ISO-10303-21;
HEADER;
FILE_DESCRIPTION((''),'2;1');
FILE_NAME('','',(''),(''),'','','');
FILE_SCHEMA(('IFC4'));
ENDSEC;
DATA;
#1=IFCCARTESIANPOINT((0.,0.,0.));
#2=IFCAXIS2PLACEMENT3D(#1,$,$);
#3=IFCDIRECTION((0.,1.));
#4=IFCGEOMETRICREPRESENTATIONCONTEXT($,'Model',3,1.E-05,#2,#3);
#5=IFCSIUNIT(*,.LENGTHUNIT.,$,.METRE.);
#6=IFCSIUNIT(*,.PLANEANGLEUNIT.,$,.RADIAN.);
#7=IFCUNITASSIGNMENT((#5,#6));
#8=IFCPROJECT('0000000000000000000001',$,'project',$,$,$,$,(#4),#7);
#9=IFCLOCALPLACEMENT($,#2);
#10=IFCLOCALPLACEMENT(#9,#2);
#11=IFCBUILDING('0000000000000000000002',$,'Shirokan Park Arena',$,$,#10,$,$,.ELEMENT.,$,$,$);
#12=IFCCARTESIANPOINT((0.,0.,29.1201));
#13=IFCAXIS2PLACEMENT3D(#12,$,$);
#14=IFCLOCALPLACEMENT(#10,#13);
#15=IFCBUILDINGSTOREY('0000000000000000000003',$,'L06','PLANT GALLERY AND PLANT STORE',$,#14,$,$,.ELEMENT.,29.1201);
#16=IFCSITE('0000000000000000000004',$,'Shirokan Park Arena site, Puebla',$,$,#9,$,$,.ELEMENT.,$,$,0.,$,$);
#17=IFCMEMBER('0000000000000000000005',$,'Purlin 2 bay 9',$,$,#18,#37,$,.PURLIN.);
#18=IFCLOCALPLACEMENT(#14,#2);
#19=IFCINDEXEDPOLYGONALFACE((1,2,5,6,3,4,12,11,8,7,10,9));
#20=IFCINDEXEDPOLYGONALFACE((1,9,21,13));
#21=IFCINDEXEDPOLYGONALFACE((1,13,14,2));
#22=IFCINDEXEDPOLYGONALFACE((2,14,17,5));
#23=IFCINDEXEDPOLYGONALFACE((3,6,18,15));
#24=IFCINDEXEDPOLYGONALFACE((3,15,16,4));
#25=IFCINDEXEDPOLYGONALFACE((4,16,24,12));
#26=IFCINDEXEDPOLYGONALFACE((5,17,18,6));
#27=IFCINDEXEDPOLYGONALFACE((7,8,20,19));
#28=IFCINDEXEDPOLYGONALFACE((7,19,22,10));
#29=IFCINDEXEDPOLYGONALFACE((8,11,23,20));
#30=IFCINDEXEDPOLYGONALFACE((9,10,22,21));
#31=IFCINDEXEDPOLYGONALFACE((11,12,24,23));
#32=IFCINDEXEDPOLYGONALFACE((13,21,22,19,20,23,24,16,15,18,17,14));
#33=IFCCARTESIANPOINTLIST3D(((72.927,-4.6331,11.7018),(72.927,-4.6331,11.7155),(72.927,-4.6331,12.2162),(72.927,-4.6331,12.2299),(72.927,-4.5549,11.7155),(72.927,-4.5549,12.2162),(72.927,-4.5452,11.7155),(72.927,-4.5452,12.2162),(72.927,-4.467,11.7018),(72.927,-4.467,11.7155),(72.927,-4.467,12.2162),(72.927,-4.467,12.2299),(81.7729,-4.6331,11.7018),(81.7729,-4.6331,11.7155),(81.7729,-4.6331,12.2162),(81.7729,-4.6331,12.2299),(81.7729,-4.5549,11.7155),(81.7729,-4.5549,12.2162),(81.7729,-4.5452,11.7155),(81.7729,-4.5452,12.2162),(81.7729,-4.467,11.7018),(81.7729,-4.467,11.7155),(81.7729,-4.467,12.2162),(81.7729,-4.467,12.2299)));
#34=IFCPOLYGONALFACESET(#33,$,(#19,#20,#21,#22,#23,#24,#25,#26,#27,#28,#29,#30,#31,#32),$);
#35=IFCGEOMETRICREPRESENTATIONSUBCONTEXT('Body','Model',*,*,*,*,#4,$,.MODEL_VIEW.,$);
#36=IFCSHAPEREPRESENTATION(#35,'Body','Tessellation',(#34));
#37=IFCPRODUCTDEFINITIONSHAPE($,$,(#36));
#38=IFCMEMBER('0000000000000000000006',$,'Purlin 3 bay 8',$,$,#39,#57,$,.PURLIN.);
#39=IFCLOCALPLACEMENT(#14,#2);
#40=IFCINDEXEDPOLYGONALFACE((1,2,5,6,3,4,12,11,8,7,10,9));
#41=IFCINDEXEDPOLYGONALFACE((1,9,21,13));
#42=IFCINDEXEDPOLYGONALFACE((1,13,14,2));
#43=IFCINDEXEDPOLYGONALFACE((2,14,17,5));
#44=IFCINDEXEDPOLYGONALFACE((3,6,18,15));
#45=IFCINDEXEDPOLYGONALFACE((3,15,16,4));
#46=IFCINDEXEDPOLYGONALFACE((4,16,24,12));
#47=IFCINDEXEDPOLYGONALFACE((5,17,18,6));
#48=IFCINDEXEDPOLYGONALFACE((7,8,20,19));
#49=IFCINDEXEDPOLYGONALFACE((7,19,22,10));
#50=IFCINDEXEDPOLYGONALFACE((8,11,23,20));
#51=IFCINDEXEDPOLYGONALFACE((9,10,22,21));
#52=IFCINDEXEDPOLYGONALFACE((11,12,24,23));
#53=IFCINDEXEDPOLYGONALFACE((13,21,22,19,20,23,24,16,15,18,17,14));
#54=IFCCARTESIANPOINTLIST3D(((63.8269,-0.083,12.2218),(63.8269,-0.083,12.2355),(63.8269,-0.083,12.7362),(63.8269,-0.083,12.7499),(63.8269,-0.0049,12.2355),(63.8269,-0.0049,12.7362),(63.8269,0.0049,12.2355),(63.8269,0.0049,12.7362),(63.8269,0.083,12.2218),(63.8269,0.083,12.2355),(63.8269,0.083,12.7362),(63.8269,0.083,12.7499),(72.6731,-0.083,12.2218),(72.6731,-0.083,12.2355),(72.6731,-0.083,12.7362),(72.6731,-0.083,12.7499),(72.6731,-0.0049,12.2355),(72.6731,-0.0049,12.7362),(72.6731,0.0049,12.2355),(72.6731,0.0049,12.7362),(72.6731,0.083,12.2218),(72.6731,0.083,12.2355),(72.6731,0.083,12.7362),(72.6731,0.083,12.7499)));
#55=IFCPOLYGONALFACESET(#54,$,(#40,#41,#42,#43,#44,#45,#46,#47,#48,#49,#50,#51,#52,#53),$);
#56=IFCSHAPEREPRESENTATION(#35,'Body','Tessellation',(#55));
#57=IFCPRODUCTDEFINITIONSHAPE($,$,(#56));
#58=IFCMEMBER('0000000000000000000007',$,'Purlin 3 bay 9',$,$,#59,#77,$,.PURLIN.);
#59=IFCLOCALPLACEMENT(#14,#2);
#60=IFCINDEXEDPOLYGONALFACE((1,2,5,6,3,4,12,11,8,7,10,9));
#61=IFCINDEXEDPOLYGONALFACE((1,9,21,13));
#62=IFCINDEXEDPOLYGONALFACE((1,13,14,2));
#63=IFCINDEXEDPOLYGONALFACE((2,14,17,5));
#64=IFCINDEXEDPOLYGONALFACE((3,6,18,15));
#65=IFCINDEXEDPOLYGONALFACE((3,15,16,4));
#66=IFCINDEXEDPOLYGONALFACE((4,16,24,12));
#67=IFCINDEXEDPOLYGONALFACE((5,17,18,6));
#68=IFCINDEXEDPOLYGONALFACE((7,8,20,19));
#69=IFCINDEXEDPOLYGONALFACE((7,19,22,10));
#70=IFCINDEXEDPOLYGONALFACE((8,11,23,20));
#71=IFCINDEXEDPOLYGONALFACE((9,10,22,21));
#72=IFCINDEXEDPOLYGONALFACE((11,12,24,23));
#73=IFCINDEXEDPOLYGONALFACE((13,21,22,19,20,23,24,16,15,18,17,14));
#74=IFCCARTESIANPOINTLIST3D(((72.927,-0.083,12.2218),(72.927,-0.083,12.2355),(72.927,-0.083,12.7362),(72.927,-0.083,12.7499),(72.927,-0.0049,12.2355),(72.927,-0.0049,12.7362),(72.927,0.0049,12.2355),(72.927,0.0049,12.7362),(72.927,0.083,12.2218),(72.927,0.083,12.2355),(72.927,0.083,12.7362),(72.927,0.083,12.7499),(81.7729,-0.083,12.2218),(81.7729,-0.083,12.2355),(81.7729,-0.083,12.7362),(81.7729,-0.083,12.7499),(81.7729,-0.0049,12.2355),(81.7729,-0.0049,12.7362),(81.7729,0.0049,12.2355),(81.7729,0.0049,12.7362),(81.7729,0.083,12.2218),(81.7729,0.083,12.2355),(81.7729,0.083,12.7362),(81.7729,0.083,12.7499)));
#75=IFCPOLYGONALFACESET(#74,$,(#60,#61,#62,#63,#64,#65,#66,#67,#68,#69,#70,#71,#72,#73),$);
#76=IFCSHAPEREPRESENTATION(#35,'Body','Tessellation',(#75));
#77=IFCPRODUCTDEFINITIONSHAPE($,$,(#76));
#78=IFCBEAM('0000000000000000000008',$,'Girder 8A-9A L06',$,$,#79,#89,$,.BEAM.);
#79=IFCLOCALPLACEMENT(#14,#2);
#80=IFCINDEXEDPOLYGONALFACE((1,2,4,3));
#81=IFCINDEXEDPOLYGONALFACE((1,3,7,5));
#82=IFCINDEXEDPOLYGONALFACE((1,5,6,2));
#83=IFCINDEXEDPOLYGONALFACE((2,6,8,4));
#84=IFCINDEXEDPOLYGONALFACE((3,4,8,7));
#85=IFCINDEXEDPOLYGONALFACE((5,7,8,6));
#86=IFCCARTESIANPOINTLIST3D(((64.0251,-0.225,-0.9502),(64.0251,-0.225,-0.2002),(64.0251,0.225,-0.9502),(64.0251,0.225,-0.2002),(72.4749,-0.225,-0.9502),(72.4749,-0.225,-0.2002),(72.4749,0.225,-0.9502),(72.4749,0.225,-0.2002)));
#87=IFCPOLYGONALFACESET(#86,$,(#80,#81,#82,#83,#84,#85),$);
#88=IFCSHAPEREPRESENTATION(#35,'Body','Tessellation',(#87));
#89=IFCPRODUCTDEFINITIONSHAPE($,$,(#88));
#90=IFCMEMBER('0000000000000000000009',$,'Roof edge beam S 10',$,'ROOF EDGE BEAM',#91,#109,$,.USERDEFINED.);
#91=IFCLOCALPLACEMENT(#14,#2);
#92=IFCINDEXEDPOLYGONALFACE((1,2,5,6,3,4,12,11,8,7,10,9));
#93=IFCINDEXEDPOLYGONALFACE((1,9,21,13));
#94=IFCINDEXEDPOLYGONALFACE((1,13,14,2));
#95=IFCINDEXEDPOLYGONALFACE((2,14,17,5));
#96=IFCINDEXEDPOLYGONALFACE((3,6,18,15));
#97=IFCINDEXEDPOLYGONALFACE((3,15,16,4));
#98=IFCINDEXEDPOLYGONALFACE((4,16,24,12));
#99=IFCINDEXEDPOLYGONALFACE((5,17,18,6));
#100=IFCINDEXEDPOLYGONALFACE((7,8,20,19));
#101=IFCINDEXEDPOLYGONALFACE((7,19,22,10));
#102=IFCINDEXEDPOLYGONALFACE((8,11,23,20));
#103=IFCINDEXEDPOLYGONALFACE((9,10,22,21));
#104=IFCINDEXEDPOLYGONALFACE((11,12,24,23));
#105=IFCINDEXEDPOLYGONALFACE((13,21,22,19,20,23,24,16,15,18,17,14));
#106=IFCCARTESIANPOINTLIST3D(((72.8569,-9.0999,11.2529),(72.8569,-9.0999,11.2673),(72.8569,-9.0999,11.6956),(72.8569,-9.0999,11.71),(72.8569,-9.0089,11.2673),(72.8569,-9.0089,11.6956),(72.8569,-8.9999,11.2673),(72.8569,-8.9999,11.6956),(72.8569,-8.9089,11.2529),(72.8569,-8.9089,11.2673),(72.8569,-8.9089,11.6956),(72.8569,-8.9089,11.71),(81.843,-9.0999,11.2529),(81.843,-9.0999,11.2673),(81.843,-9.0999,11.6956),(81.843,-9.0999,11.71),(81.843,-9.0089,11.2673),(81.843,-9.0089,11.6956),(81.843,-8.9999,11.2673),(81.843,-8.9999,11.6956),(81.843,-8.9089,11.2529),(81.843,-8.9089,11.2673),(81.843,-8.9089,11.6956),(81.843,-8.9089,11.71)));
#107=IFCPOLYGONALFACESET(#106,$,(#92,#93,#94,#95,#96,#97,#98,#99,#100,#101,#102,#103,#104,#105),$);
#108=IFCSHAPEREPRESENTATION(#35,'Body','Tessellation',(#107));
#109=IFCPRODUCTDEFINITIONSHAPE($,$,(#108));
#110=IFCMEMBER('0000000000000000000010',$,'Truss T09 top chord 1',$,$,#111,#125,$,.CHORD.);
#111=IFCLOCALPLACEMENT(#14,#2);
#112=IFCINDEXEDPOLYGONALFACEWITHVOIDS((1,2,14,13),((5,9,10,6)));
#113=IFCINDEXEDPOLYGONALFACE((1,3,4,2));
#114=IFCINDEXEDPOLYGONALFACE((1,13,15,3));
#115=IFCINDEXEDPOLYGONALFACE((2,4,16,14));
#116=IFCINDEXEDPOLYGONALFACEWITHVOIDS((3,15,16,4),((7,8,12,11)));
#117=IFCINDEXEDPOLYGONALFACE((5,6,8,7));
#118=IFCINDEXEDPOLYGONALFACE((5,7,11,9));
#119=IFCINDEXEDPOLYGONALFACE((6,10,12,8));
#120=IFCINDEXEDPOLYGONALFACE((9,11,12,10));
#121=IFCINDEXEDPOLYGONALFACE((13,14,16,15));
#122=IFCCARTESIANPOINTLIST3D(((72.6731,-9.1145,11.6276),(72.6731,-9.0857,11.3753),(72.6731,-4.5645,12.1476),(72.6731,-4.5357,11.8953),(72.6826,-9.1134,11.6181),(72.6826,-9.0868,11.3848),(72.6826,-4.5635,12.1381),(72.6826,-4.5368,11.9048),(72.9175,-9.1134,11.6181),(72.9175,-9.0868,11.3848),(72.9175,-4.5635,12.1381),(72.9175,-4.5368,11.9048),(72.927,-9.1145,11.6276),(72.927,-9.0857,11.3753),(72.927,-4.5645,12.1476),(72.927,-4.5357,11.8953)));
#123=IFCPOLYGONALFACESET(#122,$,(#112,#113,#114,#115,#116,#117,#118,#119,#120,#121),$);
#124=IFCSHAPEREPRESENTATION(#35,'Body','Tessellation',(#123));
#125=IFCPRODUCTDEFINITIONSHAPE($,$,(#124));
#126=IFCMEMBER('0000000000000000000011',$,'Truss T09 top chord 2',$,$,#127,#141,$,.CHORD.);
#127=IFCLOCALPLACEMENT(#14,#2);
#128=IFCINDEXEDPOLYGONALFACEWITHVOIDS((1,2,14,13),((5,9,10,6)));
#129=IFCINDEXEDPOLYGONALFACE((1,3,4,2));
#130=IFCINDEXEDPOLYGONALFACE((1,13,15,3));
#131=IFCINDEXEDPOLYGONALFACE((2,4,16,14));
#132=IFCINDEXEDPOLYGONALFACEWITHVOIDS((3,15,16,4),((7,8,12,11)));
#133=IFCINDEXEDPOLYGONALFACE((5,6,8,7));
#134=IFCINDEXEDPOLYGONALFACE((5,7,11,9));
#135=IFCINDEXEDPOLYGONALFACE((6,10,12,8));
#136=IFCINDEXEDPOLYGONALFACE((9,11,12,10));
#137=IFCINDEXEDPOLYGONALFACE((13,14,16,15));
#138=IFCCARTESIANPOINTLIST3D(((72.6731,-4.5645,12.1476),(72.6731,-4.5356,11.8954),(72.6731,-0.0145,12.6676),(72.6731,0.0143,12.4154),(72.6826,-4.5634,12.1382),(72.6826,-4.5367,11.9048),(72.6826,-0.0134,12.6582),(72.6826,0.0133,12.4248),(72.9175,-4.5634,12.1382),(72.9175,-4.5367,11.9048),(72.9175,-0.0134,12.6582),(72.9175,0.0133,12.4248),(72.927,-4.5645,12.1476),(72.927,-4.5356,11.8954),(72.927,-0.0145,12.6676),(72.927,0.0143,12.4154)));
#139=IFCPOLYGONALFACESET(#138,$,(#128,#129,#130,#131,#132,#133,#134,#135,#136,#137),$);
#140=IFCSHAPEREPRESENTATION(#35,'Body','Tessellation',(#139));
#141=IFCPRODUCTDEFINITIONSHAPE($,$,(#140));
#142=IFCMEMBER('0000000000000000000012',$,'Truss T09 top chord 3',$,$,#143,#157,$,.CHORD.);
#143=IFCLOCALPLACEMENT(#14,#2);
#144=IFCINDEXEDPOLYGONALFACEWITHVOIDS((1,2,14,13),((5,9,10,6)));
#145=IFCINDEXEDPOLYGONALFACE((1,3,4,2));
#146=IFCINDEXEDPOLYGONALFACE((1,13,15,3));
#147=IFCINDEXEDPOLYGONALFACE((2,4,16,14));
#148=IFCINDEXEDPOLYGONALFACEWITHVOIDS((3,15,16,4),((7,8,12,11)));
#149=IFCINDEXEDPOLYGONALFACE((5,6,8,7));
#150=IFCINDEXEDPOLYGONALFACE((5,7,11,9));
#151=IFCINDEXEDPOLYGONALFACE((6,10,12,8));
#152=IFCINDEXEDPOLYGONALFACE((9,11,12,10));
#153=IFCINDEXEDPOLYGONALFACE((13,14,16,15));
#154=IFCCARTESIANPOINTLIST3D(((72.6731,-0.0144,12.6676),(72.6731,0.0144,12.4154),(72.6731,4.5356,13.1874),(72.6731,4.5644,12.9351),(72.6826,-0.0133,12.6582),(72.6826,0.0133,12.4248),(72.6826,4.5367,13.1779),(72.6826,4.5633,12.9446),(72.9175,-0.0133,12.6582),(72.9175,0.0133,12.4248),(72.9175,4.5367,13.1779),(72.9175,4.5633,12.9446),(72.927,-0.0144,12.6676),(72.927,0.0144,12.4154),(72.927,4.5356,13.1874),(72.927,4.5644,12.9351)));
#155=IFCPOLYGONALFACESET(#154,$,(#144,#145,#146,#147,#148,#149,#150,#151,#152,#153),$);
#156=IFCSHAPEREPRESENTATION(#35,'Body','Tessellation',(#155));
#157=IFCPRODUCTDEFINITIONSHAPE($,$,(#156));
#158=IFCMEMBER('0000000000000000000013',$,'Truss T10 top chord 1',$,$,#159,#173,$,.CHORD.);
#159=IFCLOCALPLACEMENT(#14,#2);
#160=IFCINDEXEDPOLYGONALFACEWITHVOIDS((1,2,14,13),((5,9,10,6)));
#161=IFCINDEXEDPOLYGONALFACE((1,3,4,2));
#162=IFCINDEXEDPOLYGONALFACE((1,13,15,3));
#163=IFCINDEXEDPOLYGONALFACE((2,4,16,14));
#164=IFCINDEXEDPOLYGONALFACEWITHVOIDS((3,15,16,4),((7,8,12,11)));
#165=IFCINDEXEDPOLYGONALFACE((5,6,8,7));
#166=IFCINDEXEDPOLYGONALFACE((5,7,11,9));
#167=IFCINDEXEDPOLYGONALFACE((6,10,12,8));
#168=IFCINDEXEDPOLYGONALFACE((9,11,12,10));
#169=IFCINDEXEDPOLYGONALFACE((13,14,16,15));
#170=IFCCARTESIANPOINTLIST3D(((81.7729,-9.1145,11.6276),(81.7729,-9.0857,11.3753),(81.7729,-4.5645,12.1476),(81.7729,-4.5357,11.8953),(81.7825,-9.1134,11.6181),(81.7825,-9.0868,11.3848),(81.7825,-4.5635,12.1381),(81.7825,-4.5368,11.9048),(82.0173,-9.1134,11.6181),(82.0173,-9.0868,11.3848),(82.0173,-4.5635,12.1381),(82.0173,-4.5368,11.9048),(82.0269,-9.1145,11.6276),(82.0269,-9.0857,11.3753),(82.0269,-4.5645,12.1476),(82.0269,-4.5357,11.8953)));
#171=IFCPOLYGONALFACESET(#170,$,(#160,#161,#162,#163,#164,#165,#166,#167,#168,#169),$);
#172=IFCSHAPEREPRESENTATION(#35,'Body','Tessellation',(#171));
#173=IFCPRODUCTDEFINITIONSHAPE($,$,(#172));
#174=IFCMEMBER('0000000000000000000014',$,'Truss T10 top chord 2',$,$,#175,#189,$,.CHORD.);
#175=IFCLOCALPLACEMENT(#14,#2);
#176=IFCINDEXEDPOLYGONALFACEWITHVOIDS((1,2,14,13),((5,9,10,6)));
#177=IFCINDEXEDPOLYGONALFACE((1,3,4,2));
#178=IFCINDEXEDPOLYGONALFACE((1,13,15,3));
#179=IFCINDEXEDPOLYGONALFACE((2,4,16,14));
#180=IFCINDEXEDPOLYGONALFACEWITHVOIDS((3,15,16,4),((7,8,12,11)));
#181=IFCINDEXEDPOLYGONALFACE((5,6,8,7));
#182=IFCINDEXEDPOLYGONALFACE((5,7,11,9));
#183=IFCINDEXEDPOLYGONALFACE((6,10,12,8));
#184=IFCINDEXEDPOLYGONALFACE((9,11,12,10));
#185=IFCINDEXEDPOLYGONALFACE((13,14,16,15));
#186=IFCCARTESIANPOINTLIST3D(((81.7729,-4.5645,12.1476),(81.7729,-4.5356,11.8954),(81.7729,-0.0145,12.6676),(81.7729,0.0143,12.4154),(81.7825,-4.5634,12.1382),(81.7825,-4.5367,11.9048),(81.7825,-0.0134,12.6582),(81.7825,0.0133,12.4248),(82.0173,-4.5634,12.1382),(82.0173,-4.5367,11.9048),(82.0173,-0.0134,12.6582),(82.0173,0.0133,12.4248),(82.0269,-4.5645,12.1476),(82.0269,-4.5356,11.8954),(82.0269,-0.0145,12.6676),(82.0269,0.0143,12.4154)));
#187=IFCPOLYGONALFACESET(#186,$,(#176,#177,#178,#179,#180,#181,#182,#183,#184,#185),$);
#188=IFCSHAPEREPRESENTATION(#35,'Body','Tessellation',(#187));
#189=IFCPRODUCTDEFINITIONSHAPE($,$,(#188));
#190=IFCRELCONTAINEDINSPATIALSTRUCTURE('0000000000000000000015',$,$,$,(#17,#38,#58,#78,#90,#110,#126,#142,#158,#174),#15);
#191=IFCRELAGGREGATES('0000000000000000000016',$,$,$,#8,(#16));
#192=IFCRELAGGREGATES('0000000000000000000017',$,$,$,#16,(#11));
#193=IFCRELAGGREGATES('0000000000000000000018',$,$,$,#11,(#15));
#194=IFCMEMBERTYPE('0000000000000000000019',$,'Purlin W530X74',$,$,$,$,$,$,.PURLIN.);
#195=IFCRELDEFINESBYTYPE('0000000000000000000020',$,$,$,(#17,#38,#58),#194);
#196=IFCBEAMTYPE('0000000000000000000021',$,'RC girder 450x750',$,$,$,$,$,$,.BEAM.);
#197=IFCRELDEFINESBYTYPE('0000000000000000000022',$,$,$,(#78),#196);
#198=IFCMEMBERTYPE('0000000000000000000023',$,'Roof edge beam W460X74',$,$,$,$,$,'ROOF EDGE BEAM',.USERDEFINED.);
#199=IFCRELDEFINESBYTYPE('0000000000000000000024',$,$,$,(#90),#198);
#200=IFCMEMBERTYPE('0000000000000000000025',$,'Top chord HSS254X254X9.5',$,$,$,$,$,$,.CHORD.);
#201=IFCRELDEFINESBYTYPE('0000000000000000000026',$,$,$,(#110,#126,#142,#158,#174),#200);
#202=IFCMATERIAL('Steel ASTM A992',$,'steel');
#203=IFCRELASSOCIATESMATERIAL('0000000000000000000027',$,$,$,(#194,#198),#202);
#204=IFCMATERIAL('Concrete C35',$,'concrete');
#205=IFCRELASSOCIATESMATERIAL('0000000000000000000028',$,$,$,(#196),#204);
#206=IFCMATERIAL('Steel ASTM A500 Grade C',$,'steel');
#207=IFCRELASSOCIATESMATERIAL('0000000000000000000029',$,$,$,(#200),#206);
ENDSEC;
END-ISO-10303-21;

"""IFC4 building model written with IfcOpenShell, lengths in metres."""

from ifc_helpers import new_model, si_unit, direction, frame, origin, origin_2d, place, context, subcontext, project, spatial, rectangle, hollow_rectangle, i_section, extrude, material, material_profile, profile_set, type_object, element, save


model = new_model("IFC4")

# Units and contexts
model_context = context("Model", 3, precision=1e-05, world=origin(), true_north=direction((0.0, 1.0)))
body_context = subcontext(model_context, "Body", "Model", "MODEL_VIEW")
ifc_project = project(units=[si_unit("LENGTHUNIT", "METRE"), si_unit("PLANEANGLEUNIT", "RADIAN")], contexts=[model_context])

# Site, building, storey
site_placement = place(None, origin())
site = spatial("IfcSite", under=ifc_project, at=site_placement, Name="Shirokan Park Arena site, Puebla", CompositionType="ELEMENT", RefElevation=0.0)
building_placement = place(site_placement, origin())
building = spatial("IfcBuilding", under=site, at=building_placement, Name="Shirokan Park Arena", CompositionType="ELEMENT")
storey_placement = place(building_placement, frame((0.0, 0.0, 29.1201)))
storey = spatial("IfcBuildingStorey", under=building, at=storey_placement, Name="L06", Description="PLANT GALLERY AND PLANT STORE", CompositionType="ELEMENT", Elevation=29.1201)

# Shared definitions
ifc_material_1 = material(Name="Concrete C35", Category="concrete")

# Members
ifc_material_2 = material(Name="Steel ASTM A500 Grade C", Category="steel")
ifc_material_3 = material(Name="Steel ASTM A992", Category="steel")
ifc_material_profile_1 = material_profile(ifc_material_3, i_section(OverallWidth=0.166, OverallDepth=0.5281, WebThickness=0.0098, FlangeThickness=0.0137, at=origin_2d()), Name="W530X74")
ifc_profile_set_1 = profile_set([ifc_material_profile_1], Name="Steel ASTM A992")
member_type_1 = type_object("IfcMemberType", Name="Purlin W530X74", PredefinedType="PURLIN", material=ifc_profile_set_1)
member_1_placement = place(storey_placement, frame((72.927, -4.55, 11.9658), z_axis=(1.0, 0.0, 0.0), x_axis=(0.0, 1.0, 0.0)))
element("IfcMember", 1, at=member_1_placement, inside=storey, type_object=member_type_1, Name="Purlin 2 bay 9", PredefinedType="PURLIN", context=body_context, shape_type="SweptSolid", body=[
    extrude(i_section(OverallWidth=0.166, OverallDepth=0.5281, WebThickness=0.0098, FlangeThickness=0.0137, at=origin_2d()), origin(), (0.0, 0.0, 1.0), 8.8459),
])
member_2_placement = place(storey_placement, frame((63.8269, 0.0, 12.4858), z_axis=(1.0, 0.0, 0.0), x_axis=(0.0, 1.0, 0.0)))
element("IfcMember", 2, at=member_2_placement, inside=storey, type_object=member_type_1, Name="Purlin 3 bay 8", PredefinedType="PURLIN", context=body_context, shape_type="SweptSolid", body=[
    extrude(i_section(OverallWidth=0.166, OverallDepth=0.5281, WebThickness=0.0098, FlangeThickness=0.0137, at=origin_2d()), origin(), (0.0, 0.0, 1.0), 8.8462),
])
member_3_placement = place(storey_placement, frame((72.927, 0.0, 12.4858), z_axis=(1.0, 0.0, 0.0), x_axis=(0.0, 1.0, 0.0)))
element("IfcMember", 3, at=member_3_placement, inside=storey, type_object=member_type_1, Name="Purlin 3 bay 9", PredefinedType="PURLIN", context=body_context, shape_type="SweptSolid", body=[
    extrude(i_section(OverallWidth=0.166, OverallDepth=0.5281, WebThickness=0.0098, FlangeThickness=0.0137, at=origin_2d()), origin(), (0.0, 0.0, 1.0), 8.8459),
])

# Beam
ifc_material_profile_2 = material_profile(ifc_material_1, rectangle(XDim=0.45, YDim=0.75, at=origin_2d()), Name="450x750")
ifc_profile_set_2 = profile_set([ifc_material_profile_2], Name="Concrete C35")
beam_type = type_object("IfcBeamType", Name="RC girder 450x750", PredefinedType="BEAM", material=ifc_profile_set_2)
beam_placement = place(storey_placement, frame((64.0251, 0.0, -0.5752), z_axis=(1.0, 0.0, 0.0), x_axis=(0.0, 1.0, 0.0)))
element("IfcBeam", 4, at=beam_placement, inside=storey, type_object=beam_type, Name="Girder 8A-9A L06", PredefinedType="BEAM", context=body_context, shape_type="SweptSolid", body=[
    extrude(rectangle(XDim=0.45, YDim=0.75, at=origin_2d()), origin(), (0.0, 0.0, 1.0), 8.4497),
])

# Members
ifc_material_profile_3 = material_profile(ifc_material_3, i_section(OverallWidth=0.1909, OverallDepth=0.457, WebThickness=0.009, FlangeThickness=0.0144, at=origin_2d()), Name="W460X74")
ifc_profile_set_3 = profile_set([ifc_material_profile_3], Name="Steel ASTM A992")
member_type_2 = type_object("IfcMemberType", Name="Roof edge beam W460X74", ElementType="ROOF EDGE BEAM", PredefinedType="USERDEFINED", material=ifc_profile_set_3)
member_4_placement = place(storey_placement, frame((72.8569, -9.0044, 11.4814), z_axis=(1.0, 0.0, 0.0), x_axis=(0.0, 1.0, 0.0)))
element("IfcMember", 5, at=member_4_placement, inside=storey, type_object=member_type_2, Name="Roof edge beam S 10", ObjectType="ROOF EDGE BEAM", PredefinedType="USERDEFINED", context=body_context, shape_type="SweptSolid", body=[
    extrude(i_section(OverallWidth=0.1909, OverallDepth=0.457, WebThickness=0.009, FlangeThickness=0.0144, at=origin_2d()), origin(), (0.0, 0.0, 1.0), 8.9861),
])
ifc_material_profile_4 = material_profile(ifc_material_2, hollow_rectangle(XDim=0.2539, YDim=0.2539, WallThickness=0.0095, at=origin_2d()), Name="HSS254X254X9.5")
ifc_profile_set_4 = profile_set([ifc_material_profile_4], Name="Steel ASTM A500 Grade C")
member_type_3 = type_object("IfcMemberType", Name="Top chord HSS254X254X9.5", PredefinedType="CHORD", material=ifc_profile_set_4)
for number, where, z_axis, x_axis, name in (
    (6, (72.8, -9.1001, 11.5015), (0.0, 0.993532, 0.11355), (-1.0, 0.0, 0.0), "Truss T09 top chord 1"),
    (7, (72.8, -4.55, 12.0215), (0.0, 0.993532, 0.11355), (-1.0, 0.0, 0.0), "Truss T09 top chord 2"),
    (8, (72.8, 0.0, 12.5415), (0.0, 0.993538, 0.113497), (-1.0, 0.0, 0.0), "Truss T09 top chord 3"),
    (9, (81.8999, -9.1001, 11.5015), (0.0, 0.993532, 0.11355), (-1.0, 0.0, 0.0), "Truss T10 top chord 1"),
    (10, (81.8999, -4.55, 12.0215), (0.0, 0.993532, 0.11355), (-1.0, 0.0, 0.0), "Truss T10 top chord 2"),
):
    element("IfcMember", number, at=place(storey_placement, frame(where, z_axis=z_axis, x_axis=x_axis)), inside=storey, type_object=member_type_3, Name=name, PredefinedType="CHORD", context=body_context, shape_type="SweptSolid", body=[
        extrude(hollow_rectangle(XDim=0.2539, YDim=0.2539, WallThickness=0.0095, at=origin_2d()), origin(), (0.0, 0.0, 1.0), 4.5796),
    ])

save(model, "model.ifc")
